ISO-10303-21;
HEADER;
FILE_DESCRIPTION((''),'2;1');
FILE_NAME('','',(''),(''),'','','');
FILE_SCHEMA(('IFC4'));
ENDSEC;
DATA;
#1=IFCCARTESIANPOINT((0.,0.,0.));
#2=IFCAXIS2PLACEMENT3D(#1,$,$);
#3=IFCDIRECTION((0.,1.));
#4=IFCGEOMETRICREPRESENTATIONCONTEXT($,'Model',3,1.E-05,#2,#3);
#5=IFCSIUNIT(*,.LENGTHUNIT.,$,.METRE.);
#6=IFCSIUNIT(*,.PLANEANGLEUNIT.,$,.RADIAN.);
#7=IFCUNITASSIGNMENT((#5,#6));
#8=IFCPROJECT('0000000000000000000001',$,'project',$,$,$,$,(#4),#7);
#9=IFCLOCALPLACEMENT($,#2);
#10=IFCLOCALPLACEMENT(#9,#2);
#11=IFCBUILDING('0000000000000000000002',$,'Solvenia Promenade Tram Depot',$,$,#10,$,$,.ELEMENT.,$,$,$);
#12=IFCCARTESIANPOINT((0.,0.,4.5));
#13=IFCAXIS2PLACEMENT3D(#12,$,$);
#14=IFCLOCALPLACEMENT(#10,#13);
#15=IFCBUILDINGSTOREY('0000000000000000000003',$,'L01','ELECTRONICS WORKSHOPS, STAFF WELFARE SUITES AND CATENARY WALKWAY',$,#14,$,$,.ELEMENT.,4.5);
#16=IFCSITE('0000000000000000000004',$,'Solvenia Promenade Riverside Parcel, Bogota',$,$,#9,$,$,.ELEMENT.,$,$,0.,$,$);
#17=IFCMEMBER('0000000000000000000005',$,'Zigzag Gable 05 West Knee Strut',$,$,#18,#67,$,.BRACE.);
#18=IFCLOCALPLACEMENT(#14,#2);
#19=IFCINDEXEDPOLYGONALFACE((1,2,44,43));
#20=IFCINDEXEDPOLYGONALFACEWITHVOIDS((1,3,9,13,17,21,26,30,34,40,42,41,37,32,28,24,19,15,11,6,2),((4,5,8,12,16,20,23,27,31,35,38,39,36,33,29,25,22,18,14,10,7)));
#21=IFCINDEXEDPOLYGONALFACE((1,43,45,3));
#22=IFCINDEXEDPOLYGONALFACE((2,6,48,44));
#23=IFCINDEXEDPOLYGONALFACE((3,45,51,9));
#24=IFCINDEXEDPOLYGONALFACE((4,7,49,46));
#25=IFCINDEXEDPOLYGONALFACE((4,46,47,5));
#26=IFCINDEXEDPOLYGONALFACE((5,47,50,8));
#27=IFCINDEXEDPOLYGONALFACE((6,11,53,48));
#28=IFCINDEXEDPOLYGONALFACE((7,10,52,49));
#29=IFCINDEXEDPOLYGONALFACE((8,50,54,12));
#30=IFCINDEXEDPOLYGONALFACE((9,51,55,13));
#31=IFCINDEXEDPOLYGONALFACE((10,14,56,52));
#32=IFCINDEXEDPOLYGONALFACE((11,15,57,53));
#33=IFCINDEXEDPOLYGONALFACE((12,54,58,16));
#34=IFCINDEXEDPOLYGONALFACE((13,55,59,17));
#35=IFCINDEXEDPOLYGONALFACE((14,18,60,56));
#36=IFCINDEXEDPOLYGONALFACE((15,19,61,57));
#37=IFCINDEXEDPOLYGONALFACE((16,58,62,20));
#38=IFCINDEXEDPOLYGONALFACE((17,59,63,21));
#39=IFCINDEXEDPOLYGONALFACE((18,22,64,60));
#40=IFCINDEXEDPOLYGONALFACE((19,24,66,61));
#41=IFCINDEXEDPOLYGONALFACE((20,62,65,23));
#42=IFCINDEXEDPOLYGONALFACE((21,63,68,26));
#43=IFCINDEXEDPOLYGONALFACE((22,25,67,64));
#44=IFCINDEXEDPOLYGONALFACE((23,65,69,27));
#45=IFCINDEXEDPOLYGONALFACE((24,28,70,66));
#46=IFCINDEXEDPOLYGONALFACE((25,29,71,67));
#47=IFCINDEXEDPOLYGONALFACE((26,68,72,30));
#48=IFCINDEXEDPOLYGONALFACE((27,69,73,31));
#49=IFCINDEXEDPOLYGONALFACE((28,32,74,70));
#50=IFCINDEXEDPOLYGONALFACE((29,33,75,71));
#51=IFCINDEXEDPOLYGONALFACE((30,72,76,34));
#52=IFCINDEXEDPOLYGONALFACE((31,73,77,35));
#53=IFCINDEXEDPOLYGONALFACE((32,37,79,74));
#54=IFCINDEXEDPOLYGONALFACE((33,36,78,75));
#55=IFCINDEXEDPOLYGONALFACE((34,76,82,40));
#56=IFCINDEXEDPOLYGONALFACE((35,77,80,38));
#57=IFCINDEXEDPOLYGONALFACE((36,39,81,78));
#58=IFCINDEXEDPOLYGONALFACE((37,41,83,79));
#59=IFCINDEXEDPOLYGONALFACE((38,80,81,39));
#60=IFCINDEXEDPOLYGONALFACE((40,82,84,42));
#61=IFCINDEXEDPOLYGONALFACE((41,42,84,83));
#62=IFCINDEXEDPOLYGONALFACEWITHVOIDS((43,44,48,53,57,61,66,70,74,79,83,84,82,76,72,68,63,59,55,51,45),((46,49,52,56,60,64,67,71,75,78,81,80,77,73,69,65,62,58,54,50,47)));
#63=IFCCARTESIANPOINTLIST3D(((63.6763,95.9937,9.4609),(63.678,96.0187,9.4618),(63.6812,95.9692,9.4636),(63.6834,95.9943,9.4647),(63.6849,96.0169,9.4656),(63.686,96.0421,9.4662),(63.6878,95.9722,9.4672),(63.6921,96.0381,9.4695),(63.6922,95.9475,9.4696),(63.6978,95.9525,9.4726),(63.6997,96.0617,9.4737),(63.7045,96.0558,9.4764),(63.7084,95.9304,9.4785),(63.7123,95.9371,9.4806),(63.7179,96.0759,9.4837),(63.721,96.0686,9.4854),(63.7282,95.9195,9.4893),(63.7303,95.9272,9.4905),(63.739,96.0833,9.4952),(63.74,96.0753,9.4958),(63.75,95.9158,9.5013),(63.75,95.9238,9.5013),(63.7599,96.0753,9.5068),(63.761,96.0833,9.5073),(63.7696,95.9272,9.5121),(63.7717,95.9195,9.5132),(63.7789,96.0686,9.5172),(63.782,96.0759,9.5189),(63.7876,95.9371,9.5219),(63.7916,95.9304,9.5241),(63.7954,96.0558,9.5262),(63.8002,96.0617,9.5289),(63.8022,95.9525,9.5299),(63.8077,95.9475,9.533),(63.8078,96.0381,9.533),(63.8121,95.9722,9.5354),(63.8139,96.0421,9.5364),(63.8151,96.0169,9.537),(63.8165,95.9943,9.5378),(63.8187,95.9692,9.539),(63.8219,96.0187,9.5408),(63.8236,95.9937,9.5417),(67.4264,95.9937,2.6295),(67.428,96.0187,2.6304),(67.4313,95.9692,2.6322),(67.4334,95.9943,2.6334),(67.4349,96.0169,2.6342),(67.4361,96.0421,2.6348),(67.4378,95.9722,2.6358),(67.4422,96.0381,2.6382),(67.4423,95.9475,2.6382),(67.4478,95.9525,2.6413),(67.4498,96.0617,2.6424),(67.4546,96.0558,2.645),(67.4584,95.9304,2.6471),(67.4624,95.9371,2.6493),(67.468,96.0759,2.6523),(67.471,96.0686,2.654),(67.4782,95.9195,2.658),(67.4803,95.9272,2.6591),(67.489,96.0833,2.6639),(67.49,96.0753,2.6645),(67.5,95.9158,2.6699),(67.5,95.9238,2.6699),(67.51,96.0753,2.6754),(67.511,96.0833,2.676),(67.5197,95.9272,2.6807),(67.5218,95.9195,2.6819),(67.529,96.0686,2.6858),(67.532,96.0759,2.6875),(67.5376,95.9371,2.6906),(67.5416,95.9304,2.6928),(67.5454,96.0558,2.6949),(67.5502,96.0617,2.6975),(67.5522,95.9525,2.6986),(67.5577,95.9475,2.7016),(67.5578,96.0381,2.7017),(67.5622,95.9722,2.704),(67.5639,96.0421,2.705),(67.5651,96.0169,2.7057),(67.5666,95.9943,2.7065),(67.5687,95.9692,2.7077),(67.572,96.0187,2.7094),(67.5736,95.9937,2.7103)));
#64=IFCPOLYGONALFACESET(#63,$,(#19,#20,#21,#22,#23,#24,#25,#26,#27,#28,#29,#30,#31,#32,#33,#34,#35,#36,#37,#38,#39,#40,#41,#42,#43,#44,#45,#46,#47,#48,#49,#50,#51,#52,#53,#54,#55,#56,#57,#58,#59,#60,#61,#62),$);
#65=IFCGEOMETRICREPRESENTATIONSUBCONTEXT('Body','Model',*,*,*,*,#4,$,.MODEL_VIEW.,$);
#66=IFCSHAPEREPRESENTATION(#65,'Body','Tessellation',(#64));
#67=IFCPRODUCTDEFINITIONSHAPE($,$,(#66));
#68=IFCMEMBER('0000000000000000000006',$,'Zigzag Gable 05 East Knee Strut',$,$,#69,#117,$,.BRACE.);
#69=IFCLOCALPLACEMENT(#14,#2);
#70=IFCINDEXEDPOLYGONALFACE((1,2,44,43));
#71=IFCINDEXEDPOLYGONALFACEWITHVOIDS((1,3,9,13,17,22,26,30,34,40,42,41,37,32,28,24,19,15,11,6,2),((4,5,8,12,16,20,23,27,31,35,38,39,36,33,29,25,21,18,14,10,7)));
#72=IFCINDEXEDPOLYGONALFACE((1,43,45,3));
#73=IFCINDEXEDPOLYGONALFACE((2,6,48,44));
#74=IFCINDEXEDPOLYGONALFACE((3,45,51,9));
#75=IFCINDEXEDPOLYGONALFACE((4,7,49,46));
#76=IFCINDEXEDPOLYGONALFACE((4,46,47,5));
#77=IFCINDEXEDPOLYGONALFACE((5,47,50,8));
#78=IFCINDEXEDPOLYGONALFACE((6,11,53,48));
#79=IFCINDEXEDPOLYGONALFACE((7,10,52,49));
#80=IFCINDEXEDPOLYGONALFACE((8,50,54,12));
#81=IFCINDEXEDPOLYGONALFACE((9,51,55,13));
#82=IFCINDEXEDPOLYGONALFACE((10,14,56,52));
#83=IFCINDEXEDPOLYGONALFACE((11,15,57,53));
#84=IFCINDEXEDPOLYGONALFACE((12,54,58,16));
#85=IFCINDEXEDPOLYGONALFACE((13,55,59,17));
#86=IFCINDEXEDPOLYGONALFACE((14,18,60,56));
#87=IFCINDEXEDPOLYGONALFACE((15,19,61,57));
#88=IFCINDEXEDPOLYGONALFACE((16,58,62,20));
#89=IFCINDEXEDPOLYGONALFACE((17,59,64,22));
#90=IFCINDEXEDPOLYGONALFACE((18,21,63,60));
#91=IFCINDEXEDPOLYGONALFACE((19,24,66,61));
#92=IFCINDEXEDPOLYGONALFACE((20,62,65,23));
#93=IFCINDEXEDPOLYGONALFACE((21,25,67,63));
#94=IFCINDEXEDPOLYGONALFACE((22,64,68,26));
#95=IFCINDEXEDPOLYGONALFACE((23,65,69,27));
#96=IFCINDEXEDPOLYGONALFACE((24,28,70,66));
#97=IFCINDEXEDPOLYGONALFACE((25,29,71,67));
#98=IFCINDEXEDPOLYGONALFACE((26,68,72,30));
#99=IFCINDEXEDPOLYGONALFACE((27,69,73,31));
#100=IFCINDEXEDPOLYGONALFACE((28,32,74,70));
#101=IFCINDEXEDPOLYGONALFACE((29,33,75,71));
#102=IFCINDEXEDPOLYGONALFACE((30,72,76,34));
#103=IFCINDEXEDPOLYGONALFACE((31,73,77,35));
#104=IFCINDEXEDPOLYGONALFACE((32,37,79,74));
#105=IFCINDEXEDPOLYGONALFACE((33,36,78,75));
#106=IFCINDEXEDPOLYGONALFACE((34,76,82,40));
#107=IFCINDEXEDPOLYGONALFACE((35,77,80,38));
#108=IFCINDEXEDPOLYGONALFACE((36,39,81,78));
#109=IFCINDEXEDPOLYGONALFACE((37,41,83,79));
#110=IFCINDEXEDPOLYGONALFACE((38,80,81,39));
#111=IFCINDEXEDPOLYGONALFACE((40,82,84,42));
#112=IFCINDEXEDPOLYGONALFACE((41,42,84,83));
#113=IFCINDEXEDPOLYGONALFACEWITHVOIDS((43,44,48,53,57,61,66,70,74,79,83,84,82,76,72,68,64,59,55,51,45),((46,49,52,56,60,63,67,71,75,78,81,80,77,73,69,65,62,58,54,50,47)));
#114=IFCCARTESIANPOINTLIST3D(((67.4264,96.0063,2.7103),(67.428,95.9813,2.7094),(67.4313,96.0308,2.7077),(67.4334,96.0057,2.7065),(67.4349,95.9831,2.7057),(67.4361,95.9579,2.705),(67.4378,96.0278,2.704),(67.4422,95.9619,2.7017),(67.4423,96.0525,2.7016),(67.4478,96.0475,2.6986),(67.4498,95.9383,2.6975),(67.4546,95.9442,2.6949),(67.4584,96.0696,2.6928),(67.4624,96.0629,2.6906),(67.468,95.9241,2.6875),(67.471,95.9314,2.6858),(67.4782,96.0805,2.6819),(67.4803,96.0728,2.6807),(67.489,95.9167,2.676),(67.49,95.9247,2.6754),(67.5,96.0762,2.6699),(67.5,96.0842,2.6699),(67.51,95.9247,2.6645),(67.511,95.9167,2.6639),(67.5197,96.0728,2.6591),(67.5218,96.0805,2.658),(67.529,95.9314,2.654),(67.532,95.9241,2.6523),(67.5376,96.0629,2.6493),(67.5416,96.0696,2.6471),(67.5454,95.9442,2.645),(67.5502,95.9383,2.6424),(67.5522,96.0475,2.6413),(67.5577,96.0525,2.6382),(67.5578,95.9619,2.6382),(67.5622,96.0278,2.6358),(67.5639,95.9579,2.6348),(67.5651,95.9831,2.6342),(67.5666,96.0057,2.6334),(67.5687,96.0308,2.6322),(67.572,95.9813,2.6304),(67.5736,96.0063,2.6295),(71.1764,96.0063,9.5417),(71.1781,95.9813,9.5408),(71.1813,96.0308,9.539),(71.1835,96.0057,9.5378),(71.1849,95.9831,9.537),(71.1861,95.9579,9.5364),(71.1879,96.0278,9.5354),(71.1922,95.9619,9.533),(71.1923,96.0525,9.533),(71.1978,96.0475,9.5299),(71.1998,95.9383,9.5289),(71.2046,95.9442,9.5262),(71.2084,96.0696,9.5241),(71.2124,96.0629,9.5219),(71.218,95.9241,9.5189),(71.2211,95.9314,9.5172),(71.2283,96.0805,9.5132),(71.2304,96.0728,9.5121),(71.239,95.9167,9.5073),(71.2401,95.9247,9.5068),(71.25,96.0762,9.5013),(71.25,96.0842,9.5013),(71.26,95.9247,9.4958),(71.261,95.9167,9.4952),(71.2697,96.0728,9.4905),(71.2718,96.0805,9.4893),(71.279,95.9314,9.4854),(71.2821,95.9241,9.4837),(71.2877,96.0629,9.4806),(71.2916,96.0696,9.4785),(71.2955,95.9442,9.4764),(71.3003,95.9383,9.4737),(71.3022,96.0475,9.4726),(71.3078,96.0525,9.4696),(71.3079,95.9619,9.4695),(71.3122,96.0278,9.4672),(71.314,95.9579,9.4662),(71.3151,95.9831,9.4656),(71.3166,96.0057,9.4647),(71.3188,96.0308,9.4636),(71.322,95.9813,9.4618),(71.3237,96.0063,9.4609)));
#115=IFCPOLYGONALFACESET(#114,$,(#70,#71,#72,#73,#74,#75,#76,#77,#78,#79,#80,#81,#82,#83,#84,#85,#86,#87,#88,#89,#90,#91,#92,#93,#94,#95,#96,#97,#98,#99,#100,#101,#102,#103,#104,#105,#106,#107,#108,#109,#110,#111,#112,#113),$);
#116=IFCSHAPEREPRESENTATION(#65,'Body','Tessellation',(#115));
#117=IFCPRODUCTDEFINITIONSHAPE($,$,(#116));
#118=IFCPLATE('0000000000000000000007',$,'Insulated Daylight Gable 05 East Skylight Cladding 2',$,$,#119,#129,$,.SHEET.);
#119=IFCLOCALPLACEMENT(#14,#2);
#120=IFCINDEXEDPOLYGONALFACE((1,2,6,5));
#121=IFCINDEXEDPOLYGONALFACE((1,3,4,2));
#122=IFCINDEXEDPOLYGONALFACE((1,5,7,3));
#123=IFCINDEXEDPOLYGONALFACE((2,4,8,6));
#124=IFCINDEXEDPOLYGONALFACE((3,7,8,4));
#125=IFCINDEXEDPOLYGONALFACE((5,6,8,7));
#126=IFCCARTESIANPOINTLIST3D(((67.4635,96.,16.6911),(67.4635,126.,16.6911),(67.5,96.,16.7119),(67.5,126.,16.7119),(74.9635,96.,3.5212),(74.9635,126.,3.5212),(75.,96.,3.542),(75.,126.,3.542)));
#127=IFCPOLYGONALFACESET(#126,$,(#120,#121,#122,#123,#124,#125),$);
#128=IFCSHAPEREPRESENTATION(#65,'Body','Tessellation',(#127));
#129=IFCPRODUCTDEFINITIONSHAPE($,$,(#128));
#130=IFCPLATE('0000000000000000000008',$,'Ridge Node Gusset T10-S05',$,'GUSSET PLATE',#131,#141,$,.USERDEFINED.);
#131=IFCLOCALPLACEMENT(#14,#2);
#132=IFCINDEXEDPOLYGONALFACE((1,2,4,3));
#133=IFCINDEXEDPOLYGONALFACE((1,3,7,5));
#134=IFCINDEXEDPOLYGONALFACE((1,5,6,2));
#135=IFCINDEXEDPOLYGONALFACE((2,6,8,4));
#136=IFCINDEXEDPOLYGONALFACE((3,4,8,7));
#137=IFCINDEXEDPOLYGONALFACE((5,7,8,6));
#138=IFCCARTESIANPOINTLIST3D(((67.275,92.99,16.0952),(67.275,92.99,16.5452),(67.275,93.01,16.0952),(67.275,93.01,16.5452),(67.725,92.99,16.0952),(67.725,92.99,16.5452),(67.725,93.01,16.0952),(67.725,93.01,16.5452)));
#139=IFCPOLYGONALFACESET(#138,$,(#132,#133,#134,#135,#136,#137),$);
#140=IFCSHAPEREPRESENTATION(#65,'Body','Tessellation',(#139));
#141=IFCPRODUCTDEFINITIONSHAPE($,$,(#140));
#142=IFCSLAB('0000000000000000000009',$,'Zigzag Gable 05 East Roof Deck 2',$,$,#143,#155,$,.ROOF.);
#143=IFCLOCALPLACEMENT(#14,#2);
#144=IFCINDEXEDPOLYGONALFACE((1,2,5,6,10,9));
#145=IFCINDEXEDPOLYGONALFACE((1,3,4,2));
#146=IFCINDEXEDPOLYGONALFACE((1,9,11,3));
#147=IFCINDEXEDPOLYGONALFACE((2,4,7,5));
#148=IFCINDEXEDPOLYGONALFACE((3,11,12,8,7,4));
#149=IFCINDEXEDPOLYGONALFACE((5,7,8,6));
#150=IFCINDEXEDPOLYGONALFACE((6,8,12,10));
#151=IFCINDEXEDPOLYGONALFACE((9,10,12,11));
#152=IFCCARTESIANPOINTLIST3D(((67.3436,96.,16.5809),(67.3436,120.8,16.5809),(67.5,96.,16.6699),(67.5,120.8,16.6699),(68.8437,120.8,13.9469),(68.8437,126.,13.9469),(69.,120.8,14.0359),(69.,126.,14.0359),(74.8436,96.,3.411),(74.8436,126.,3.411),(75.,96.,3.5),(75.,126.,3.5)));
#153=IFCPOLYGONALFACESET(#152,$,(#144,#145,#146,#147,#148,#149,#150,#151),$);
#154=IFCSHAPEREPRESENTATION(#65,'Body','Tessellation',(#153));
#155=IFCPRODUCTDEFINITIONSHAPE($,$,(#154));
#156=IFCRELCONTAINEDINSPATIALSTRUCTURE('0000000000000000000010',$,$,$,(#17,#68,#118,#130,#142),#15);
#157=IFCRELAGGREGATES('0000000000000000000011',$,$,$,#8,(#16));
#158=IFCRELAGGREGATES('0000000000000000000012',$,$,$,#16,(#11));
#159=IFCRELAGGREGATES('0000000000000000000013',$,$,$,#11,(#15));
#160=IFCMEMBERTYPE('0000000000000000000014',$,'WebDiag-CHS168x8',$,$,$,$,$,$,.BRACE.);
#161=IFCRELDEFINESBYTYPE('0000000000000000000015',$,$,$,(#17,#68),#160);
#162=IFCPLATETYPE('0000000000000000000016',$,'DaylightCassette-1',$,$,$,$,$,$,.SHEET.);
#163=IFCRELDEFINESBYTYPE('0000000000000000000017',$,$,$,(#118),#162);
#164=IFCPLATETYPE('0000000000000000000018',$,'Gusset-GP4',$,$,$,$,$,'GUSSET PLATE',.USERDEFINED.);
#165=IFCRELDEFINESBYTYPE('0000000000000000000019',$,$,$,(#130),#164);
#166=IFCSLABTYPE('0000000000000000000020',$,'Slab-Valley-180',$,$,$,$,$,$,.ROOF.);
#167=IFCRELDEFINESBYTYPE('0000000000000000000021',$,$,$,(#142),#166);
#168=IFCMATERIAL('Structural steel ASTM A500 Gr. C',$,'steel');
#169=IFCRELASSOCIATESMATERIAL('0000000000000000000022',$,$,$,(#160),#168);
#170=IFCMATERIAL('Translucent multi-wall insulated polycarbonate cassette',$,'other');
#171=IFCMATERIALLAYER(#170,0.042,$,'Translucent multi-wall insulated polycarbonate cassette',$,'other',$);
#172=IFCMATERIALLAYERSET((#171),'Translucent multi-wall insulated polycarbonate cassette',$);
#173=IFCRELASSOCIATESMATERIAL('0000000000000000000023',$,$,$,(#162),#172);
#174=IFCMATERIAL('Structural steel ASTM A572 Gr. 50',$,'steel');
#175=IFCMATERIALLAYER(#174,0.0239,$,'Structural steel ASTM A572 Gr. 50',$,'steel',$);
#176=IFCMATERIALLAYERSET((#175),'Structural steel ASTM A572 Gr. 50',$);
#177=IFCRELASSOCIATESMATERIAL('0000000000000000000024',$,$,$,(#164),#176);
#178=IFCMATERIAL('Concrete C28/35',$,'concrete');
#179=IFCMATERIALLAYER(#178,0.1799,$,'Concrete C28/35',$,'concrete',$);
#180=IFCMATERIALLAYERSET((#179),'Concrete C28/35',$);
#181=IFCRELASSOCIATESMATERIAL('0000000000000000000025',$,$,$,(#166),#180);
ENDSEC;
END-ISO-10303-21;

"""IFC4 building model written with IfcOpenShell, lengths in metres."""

from ifc_helpers import new_model, si_unit, direction, frame, origin, origin_2d, place, context, subcontext, project, spatial, polyline, rectangle, hollow_circle, outline, extrude, material, layer, layer_set, material_profile, profile_set, type_object, element, save


model = new_model("IFC4")

# Units and contexts
model_context = context("Model", 3, precision=1e-05, world=origin(), true_north=direction((0.0, 1.0)))
body_context = subcontext(model_context, "Body", "Model", "MODEL_VIEW")
ifc_project = project(units=[si_unit("LENGTHUNIT", "METRE"), si_unit("PLANEANGLEUNIT", "RADIAN")], contexts=[model_context])

# Site, building, storey
site_placement = place(None, origin())
site = spatial("IfcSite", under=ifc_project, at=site_placement, Name="Solvenia Promenade Riverside Parcel, Bogota", CompositionType="ELEMENT", RefElevation=0.0)
building_placement = place(site_placement, origin())
building = spatial("IfcBuilding", under=site, at=building_placement, Name="Solvenia Promenade Tram Depot", CompositionType="ELEMENT")
storey_placement = place(building_placement, frame((0.0, 0.0, 4.5)))
storey = spatial("IfcBuildingStorey", under=building, at=storey_placement, Name="L01", Description="ELECTRONICS WORKSHOPS, STAFF WELFARE SUITES AND CATENARY WALKWAY", CompositionType="ELEMENT", Elevation=4.5)

# Shared definitions
ifc_material_1 = material(Name="Structural steel ASTM A500 Gr. C", Category="steel")

# Members
ifc_material_profile_1 = material_profile(ifc_material_1, hollow_circle(Radius=0.0842, WallThickness=0.0081, at=origin_2d()), Name="CHS168.3x8", Category="steel")
ifc_profile_set_1 = profile_set([ifc_material_profile_1], Name="Structural steel ASTM A500 Gr. C")
member_type_1 = type_object("IfcMemberType", Name="WebDiag-CHS168x8", PredefinedType="BRACE", material=ifc_profile_set_1)
for number, where, z_axis, x_axis, name in (
    (1, (67.5, 96.0, 2.6699), (-0.481208, 0.0, 0.876607), (0.0, -1.0, 0.0), "Zigzag Gable 05 West Knee Strut"),
    (2, (67.5, 96.0, 2.6699), (0.481208, 0.0, 0.876607), (0.0, 1.0, 0.0), "Zigzag Gable 05 East Knee Strut"),
):
    element("IfcMember", number, at=place(storey_placement, frame(where, z_axis=z_axis, x_axis=x_axis)), inside=storey, type_object=member_type_1, Name=name, PredefinedType="BRACE", context=body_context, shape_type="SweptSolid", body=[
        extrude(hollow_circle(Radius=0.0842, WallThickness=0.0081, at=origin_2d()), origin(), (0.0, 0.0, 1.0), 7.793),
    ])

# Plates
ifc_material_2 = material(Name="Translucent multi-wall insulated polycarbonate cassette", Category="other")
ifc_layer_1 = layer(ifc_material_2, 0.042, Name="Translucent multi-wall insulated polycarbonate cassette", Category="other")
ifc_layer_set_1 = layer_set([ifc_layer_1], Name="Translucent multi-wall insulated polycarbonate cassette")
plate_type_1 = type_object("IfcPlateType", Name="DaylightCassette-1", PredefinedType="SHEET", material=ifc_layer_set_1)
plate_1_placement = place(storey_placement, frame((67.5, 96.0, 16.7119), z_axis=(0.868972, 0.0, 0.494862), x_axis=(0.0, 1.0, 0.0)))
element("IfcPlate", 3, at=plate_1_placement, inside=storey, type_object=plate_type_1, Name="Insulated Daylight Gable 05 East Skylight Cladding 2", PredefinedType="SHEET", context=body_context, shape_type="SweptSolid", body=[
    extrude(outline(polyline([(0.0, 0.0), (30.0, 0.0), (30.0, -15.1558), (0.0, -15.1558), (0.0, 0.0)])), origin(), (0.0, 0.0, -1.0), 0.042),
])
ifc_material_3 = material(Name="Structural steel ASTM A572 Gr. 50", Category="steel")
ifc_layer_2 = layer(ifc_material_3, 0.0239, Name="Structural steel ASTM A572 Gr. 50", Category="steel")
ifc_layer_set_2 = layer_set([ifc_layer_2], Name="Structural steel ASTM A572 Gr. 50")
plate_type_2 = type_object("IfcPlateType", Name="Gusset-GP4", ElementType="GUSSET PLATE", PredefinedType="USERDEFINED", material=ifc_layer_set_2)
plate_2_placement = place(storey_placement, frame((67.5, 93.0, 16.0952), z_axis=(0.0, 0.0, 1.0), x_axis=(1.0, 0.0, 0.0)))
element("IfcPlate", 4, at=plate_2_placement, inside=storey, type_object=plate_type_2, Name="Ridge Node Gusset T10-S05", ObjectType="GUSSET PLATE", PredefinedType="USERDEFINED", context=body_context, shape_type="SweptSolid", body=[
    extrude(rectangle(XDim=0.45, YDim=0.02, at=origin_2d()), origin(), (0.0, 0.0, 1.0), 0.45),
])

# Slab
ifc_material_4 = material(Name="Concrete C28/35", Category="concrete")
ifc_layer_3 = layer(ifc_material_4, 0.1799, Name="Concrete C28/35", Category="concrete")
ifc_layer_set_3 = layer_set([ifc_layer_3], Name="Concrete C28/35")
slab_type = type_object("IfcSlabType", Name="Slab-Valley-180", PredefinedType="ROOF", material=ifc_layer_set_3)
slab_placement = place(storey_placement, frame((67.5, 96.0, 16.6699), z_axis=(0.868972, 0.0, 0.494862), x_axis=(0.0, 1.0, 0.0)))
element("IfcSlab", 5, at=slab_placement, inside=storey, type_object=slab_type, Name="Zigzag Gable 05 East Roof Deck 2", PredefinedType="ROOF", context=body_context, shape_type="SweptSolid", body=[
    extrude(outline(polyline([(0.0, 0.0), (24.8, 0.0), (24.8, -3.0312), (30.0, -3.0312), (30.0, -15.1558), (0.0, -15.1558), (0.0, 0.0)])), origin(), (0.0, 0.0, -1.0), 0.1799),
])

save(model, "model.ifc")
